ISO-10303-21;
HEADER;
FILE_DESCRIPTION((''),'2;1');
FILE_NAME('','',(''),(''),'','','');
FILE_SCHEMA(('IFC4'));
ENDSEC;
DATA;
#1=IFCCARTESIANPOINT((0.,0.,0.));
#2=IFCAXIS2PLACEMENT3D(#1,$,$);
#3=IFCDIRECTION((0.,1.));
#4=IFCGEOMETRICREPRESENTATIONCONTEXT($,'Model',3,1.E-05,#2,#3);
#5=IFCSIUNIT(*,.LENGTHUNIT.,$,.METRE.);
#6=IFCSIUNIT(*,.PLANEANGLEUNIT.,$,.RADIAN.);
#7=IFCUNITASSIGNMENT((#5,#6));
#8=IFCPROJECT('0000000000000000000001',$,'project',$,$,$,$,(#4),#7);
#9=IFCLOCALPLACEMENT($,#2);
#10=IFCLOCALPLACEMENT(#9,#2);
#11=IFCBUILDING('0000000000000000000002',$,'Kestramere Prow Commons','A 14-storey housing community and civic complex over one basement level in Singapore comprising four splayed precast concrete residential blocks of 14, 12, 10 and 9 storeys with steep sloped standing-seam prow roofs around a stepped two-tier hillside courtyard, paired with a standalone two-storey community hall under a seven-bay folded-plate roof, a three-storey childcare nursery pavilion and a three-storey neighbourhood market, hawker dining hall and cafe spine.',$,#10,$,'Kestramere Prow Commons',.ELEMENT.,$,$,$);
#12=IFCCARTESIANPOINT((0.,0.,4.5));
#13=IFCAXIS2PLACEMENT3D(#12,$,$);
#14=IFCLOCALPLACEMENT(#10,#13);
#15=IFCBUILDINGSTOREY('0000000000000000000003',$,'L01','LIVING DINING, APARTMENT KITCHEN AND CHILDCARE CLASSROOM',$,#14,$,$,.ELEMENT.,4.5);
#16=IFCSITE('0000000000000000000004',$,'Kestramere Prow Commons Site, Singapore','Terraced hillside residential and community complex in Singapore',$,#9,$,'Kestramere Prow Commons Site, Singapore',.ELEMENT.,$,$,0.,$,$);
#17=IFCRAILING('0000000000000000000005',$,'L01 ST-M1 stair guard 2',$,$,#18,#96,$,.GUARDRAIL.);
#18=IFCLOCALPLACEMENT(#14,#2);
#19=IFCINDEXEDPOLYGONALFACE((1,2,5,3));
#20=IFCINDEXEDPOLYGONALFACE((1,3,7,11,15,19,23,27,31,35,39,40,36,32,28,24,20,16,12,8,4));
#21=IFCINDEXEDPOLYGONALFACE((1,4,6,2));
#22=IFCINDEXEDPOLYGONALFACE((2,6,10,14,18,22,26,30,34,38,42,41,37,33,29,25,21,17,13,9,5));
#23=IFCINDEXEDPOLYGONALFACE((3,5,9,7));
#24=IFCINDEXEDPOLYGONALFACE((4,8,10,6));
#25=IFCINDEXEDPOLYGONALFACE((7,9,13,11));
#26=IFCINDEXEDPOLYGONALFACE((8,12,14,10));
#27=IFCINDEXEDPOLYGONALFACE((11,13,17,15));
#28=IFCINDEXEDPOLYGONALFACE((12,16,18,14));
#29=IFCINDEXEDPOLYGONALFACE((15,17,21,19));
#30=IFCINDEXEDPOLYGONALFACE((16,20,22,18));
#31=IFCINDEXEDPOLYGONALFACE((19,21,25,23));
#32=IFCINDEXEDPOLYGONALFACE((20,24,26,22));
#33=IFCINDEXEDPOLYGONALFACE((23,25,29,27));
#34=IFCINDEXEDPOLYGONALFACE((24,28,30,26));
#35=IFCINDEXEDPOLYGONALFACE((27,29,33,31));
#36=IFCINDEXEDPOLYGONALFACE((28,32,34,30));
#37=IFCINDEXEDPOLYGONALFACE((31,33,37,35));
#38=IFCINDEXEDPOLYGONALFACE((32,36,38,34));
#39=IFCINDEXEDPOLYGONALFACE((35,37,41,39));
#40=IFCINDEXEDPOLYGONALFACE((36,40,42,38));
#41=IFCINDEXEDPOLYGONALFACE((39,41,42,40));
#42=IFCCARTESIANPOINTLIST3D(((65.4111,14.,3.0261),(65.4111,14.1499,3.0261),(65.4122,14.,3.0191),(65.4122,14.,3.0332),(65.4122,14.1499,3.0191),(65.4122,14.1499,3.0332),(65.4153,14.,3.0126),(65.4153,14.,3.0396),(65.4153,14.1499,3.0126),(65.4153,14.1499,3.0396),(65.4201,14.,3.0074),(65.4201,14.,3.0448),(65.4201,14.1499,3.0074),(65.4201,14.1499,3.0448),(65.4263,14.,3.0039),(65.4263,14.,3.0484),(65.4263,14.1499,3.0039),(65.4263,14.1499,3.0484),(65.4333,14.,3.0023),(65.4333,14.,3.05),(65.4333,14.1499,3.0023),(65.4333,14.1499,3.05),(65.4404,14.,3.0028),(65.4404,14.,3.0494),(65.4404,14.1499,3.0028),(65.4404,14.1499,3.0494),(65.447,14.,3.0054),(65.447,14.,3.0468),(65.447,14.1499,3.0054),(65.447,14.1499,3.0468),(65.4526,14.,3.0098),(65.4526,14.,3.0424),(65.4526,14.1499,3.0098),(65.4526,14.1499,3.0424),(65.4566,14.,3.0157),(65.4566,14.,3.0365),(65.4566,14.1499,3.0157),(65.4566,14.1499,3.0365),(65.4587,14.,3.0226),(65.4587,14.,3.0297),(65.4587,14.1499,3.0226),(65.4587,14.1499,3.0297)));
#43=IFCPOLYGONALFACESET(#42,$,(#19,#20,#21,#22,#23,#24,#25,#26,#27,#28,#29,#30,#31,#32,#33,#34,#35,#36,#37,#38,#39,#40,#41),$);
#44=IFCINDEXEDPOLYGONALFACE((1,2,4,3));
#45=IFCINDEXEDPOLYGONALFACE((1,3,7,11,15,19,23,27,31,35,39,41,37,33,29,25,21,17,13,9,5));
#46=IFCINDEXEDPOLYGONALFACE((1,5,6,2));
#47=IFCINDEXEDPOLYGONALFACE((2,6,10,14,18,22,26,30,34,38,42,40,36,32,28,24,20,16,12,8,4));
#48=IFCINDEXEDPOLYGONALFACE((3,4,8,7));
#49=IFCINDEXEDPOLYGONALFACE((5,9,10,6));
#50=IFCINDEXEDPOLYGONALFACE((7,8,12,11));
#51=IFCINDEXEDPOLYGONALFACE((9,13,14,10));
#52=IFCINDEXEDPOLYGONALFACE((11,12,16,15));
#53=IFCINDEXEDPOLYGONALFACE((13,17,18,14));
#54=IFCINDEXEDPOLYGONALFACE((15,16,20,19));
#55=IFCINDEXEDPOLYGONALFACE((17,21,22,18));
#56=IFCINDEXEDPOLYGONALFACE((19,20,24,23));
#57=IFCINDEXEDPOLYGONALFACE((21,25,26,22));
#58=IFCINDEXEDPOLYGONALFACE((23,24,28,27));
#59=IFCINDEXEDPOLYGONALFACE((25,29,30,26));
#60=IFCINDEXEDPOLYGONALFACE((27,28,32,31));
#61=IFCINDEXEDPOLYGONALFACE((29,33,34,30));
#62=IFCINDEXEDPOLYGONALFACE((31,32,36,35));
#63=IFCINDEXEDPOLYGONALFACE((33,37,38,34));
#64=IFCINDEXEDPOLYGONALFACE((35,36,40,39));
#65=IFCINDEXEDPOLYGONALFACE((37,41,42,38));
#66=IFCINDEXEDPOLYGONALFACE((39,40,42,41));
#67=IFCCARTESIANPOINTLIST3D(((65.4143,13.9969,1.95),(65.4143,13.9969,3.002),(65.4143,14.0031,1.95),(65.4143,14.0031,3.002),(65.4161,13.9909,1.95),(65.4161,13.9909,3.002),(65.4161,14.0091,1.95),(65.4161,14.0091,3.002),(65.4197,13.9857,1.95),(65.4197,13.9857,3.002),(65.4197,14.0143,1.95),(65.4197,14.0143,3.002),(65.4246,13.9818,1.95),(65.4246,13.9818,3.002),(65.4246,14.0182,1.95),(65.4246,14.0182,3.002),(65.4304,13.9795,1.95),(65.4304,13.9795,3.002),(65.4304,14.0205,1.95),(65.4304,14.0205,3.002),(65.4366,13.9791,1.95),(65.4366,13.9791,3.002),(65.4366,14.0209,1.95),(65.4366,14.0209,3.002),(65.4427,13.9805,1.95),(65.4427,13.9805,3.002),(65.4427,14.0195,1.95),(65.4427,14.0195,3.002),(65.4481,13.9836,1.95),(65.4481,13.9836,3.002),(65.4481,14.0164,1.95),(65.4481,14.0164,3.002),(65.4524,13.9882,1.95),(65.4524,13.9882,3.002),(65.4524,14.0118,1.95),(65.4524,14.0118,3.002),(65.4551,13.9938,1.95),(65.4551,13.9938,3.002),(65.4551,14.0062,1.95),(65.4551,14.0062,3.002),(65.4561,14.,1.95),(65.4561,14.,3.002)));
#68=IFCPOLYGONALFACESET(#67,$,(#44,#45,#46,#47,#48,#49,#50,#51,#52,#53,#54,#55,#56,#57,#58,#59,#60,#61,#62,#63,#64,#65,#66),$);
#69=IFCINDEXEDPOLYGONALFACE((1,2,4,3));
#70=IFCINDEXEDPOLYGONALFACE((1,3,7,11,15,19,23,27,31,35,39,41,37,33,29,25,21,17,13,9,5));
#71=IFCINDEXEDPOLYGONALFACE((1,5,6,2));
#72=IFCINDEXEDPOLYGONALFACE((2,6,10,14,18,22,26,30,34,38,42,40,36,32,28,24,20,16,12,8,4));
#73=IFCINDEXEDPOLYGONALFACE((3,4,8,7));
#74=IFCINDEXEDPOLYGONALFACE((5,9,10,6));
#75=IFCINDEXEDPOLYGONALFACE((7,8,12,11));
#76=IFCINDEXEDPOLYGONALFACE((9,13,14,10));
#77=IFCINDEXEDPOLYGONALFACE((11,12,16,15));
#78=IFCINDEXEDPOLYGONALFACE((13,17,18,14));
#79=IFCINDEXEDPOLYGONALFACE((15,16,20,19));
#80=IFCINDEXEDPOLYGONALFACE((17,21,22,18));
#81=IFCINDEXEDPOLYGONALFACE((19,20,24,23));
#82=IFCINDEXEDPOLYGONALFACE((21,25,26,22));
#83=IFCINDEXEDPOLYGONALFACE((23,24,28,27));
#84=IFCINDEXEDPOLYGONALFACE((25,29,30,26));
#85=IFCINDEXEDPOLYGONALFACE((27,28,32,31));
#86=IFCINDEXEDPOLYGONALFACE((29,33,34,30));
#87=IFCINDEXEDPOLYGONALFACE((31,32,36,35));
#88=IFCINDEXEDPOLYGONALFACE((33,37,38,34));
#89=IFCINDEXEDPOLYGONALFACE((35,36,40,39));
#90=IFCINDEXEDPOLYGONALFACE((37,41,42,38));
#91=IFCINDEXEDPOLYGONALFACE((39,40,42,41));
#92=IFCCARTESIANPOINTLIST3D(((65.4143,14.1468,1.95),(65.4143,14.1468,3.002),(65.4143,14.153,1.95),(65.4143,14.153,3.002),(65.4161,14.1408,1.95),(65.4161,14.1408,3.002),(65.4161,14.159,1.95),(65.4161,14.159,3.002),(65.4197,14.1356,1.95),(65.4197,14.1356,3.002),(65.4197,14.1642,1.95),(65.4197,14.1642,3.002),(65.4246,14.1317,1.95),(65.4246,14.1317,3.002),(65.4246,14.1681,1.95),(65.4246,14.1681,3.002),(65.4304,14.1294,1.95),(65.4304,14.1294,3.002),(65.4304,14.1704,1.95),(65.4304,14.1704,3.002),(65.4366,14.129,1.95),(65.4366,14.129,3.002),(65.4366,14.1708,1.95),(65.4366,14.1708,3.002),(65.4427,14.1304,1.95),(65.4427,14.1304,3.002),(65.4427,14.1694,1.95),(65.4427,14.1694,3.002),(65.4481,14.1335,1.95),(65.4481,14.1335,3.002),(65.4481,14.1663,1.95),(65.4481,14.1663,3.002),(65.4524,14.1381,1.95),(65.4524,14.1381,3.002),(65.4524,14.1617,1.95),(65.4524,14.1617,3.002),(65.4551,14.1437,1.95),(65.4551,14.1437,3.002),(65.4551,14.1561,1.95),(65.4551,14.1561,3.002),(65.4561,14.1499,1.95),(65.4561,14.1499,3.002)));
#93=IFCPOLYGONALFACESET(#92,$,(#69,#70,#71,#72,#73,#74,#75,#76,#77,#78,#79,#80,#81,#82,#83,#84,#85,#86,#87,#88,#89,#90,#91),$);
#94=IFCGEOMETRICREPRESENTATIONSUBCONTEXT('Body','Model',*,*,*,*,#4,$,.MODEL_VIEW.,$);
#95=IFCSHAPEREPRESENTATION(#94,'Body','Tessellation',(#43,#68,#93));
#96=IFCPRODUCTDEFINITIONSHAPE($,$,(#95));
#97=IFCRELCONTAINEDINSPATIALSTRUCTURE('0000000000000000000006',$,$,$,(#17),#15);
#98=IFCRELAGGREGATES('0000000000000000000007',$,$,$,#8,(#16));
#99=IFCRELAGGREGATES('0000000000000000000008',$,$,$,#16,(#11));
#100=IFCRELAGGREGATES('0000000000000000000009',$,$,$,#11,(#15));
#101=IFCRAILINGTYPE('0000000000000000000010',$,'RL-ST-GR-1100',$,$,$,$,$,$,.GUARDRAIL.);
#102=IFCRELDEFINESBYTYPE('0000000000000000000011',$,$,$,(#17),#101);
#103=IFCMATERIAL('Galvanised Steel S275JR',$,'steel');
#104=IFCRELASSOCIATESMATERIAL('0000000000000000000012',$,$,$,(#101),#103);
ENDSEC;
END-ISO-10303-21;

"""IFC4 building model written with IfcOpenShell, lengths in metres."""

from ifc_helpers import new_model, si_unit, direction, frame, origin, origin_2d, place, context, subcontext, project, spatial, circle, extrude, material, type_object, element, save


model = new_model("IFC4")

# Units and contexts
model_context = context("Model", 3, precision=1e-05, world=origin(), true_north=direction((0.0, 1.0)))
body_context = subcontext(model_context, "Body", "Model", "MODEL_VIEW")
ifc_project = project(units=[si_unit("LENGTHUNIT", "METRE"), si_unit("PLANEANGLEUNIT", "RADIAN")], contexts=[model_context])

# Site, building, storey
site_placement = place(None, origin())
site = spatial("IfcSite", under=ifc_project, at=site_placement, Name="Kestramere Prow Commons Site, Singapore", Description="Terraced hillside residential and community complex in Singapore", LongName="Kestramere Prow Commons Site, Singapore", CompositionType="ELEMENT", RefElevation=0.0)
building_placement = place(site_placement, origin())
building = spatial("IfcBuilding", under=site, at=building_placement, Name="Kestramere Prow Commons", Description="A 14-storey housing community and civic complex over one basement level in Singapore comprising four splayed precast concrete residential blocks of 14, 12, 10 and 9 storeys with steep sloped standing-seam prow roofs around a stepped two-tier hillside courtyard, paired with a standalone two-storey community hall under a seven-bay folded-plate roof, a three-storey childcare nursery pavilion and a three-storey neighbourhood market, hawker dining hall and cafe spine.", LongName="Kestramere Prow Commons", CompositionType="ELEMENT")
storey_placement = place(building_placement, frame((0.0, 0.0, 4.5)))
storey = spatial("IfcBuildingStorey", under=building, at=storey_placement, Name="L01", Description="LIVING DINING, APARTMENT KITCHEN AND CHILDCARE CLASSROOM", CompositionType="ELEMENT", Elevation=4.5)

# Railing
ifc_material_1 = material(Name="Galvanised Steel S275JR", Category="steel")
railing_type_1 = type_object("IfcRailingType", Name="RL-ST-GR-1100", PredefinedType="GUARDRAIL", material=ifc_material_1)
railing_1_placement = place(storey_placement, frame((65.4351, 14.0, 1.95)))
element("IfcRailing", 1, at=railing_1_placement, inside=storey, type_object=railing_type_1, Name="L01 ST-M1 stair guard 2", PredefinedType="GUARDRAIL", context=body_context, shape_type="SweptSolid", body=[
    extrude(circle(Radius=0.0239, at=origin_2d()), frame((0.0, 0.0, 1.0762), z_axis=(0.0, 1.0, 0.0), x_axis=(-1.0, 0.0, 0.0)), (0.0, 0.0, 1.0), 0.1499),
    extrude(circle(Radius=0.021, at=origin_2d()), origin(), (0.0, 0.0, 1.0), 1.052),
    extrude(circle(Radius=0.021, at=origin_2d()), frame((0.0, 0.1499, 0.0)), (0.0, 0.0, 1.0), 1.052),
])

save(model, "model.ifc")
